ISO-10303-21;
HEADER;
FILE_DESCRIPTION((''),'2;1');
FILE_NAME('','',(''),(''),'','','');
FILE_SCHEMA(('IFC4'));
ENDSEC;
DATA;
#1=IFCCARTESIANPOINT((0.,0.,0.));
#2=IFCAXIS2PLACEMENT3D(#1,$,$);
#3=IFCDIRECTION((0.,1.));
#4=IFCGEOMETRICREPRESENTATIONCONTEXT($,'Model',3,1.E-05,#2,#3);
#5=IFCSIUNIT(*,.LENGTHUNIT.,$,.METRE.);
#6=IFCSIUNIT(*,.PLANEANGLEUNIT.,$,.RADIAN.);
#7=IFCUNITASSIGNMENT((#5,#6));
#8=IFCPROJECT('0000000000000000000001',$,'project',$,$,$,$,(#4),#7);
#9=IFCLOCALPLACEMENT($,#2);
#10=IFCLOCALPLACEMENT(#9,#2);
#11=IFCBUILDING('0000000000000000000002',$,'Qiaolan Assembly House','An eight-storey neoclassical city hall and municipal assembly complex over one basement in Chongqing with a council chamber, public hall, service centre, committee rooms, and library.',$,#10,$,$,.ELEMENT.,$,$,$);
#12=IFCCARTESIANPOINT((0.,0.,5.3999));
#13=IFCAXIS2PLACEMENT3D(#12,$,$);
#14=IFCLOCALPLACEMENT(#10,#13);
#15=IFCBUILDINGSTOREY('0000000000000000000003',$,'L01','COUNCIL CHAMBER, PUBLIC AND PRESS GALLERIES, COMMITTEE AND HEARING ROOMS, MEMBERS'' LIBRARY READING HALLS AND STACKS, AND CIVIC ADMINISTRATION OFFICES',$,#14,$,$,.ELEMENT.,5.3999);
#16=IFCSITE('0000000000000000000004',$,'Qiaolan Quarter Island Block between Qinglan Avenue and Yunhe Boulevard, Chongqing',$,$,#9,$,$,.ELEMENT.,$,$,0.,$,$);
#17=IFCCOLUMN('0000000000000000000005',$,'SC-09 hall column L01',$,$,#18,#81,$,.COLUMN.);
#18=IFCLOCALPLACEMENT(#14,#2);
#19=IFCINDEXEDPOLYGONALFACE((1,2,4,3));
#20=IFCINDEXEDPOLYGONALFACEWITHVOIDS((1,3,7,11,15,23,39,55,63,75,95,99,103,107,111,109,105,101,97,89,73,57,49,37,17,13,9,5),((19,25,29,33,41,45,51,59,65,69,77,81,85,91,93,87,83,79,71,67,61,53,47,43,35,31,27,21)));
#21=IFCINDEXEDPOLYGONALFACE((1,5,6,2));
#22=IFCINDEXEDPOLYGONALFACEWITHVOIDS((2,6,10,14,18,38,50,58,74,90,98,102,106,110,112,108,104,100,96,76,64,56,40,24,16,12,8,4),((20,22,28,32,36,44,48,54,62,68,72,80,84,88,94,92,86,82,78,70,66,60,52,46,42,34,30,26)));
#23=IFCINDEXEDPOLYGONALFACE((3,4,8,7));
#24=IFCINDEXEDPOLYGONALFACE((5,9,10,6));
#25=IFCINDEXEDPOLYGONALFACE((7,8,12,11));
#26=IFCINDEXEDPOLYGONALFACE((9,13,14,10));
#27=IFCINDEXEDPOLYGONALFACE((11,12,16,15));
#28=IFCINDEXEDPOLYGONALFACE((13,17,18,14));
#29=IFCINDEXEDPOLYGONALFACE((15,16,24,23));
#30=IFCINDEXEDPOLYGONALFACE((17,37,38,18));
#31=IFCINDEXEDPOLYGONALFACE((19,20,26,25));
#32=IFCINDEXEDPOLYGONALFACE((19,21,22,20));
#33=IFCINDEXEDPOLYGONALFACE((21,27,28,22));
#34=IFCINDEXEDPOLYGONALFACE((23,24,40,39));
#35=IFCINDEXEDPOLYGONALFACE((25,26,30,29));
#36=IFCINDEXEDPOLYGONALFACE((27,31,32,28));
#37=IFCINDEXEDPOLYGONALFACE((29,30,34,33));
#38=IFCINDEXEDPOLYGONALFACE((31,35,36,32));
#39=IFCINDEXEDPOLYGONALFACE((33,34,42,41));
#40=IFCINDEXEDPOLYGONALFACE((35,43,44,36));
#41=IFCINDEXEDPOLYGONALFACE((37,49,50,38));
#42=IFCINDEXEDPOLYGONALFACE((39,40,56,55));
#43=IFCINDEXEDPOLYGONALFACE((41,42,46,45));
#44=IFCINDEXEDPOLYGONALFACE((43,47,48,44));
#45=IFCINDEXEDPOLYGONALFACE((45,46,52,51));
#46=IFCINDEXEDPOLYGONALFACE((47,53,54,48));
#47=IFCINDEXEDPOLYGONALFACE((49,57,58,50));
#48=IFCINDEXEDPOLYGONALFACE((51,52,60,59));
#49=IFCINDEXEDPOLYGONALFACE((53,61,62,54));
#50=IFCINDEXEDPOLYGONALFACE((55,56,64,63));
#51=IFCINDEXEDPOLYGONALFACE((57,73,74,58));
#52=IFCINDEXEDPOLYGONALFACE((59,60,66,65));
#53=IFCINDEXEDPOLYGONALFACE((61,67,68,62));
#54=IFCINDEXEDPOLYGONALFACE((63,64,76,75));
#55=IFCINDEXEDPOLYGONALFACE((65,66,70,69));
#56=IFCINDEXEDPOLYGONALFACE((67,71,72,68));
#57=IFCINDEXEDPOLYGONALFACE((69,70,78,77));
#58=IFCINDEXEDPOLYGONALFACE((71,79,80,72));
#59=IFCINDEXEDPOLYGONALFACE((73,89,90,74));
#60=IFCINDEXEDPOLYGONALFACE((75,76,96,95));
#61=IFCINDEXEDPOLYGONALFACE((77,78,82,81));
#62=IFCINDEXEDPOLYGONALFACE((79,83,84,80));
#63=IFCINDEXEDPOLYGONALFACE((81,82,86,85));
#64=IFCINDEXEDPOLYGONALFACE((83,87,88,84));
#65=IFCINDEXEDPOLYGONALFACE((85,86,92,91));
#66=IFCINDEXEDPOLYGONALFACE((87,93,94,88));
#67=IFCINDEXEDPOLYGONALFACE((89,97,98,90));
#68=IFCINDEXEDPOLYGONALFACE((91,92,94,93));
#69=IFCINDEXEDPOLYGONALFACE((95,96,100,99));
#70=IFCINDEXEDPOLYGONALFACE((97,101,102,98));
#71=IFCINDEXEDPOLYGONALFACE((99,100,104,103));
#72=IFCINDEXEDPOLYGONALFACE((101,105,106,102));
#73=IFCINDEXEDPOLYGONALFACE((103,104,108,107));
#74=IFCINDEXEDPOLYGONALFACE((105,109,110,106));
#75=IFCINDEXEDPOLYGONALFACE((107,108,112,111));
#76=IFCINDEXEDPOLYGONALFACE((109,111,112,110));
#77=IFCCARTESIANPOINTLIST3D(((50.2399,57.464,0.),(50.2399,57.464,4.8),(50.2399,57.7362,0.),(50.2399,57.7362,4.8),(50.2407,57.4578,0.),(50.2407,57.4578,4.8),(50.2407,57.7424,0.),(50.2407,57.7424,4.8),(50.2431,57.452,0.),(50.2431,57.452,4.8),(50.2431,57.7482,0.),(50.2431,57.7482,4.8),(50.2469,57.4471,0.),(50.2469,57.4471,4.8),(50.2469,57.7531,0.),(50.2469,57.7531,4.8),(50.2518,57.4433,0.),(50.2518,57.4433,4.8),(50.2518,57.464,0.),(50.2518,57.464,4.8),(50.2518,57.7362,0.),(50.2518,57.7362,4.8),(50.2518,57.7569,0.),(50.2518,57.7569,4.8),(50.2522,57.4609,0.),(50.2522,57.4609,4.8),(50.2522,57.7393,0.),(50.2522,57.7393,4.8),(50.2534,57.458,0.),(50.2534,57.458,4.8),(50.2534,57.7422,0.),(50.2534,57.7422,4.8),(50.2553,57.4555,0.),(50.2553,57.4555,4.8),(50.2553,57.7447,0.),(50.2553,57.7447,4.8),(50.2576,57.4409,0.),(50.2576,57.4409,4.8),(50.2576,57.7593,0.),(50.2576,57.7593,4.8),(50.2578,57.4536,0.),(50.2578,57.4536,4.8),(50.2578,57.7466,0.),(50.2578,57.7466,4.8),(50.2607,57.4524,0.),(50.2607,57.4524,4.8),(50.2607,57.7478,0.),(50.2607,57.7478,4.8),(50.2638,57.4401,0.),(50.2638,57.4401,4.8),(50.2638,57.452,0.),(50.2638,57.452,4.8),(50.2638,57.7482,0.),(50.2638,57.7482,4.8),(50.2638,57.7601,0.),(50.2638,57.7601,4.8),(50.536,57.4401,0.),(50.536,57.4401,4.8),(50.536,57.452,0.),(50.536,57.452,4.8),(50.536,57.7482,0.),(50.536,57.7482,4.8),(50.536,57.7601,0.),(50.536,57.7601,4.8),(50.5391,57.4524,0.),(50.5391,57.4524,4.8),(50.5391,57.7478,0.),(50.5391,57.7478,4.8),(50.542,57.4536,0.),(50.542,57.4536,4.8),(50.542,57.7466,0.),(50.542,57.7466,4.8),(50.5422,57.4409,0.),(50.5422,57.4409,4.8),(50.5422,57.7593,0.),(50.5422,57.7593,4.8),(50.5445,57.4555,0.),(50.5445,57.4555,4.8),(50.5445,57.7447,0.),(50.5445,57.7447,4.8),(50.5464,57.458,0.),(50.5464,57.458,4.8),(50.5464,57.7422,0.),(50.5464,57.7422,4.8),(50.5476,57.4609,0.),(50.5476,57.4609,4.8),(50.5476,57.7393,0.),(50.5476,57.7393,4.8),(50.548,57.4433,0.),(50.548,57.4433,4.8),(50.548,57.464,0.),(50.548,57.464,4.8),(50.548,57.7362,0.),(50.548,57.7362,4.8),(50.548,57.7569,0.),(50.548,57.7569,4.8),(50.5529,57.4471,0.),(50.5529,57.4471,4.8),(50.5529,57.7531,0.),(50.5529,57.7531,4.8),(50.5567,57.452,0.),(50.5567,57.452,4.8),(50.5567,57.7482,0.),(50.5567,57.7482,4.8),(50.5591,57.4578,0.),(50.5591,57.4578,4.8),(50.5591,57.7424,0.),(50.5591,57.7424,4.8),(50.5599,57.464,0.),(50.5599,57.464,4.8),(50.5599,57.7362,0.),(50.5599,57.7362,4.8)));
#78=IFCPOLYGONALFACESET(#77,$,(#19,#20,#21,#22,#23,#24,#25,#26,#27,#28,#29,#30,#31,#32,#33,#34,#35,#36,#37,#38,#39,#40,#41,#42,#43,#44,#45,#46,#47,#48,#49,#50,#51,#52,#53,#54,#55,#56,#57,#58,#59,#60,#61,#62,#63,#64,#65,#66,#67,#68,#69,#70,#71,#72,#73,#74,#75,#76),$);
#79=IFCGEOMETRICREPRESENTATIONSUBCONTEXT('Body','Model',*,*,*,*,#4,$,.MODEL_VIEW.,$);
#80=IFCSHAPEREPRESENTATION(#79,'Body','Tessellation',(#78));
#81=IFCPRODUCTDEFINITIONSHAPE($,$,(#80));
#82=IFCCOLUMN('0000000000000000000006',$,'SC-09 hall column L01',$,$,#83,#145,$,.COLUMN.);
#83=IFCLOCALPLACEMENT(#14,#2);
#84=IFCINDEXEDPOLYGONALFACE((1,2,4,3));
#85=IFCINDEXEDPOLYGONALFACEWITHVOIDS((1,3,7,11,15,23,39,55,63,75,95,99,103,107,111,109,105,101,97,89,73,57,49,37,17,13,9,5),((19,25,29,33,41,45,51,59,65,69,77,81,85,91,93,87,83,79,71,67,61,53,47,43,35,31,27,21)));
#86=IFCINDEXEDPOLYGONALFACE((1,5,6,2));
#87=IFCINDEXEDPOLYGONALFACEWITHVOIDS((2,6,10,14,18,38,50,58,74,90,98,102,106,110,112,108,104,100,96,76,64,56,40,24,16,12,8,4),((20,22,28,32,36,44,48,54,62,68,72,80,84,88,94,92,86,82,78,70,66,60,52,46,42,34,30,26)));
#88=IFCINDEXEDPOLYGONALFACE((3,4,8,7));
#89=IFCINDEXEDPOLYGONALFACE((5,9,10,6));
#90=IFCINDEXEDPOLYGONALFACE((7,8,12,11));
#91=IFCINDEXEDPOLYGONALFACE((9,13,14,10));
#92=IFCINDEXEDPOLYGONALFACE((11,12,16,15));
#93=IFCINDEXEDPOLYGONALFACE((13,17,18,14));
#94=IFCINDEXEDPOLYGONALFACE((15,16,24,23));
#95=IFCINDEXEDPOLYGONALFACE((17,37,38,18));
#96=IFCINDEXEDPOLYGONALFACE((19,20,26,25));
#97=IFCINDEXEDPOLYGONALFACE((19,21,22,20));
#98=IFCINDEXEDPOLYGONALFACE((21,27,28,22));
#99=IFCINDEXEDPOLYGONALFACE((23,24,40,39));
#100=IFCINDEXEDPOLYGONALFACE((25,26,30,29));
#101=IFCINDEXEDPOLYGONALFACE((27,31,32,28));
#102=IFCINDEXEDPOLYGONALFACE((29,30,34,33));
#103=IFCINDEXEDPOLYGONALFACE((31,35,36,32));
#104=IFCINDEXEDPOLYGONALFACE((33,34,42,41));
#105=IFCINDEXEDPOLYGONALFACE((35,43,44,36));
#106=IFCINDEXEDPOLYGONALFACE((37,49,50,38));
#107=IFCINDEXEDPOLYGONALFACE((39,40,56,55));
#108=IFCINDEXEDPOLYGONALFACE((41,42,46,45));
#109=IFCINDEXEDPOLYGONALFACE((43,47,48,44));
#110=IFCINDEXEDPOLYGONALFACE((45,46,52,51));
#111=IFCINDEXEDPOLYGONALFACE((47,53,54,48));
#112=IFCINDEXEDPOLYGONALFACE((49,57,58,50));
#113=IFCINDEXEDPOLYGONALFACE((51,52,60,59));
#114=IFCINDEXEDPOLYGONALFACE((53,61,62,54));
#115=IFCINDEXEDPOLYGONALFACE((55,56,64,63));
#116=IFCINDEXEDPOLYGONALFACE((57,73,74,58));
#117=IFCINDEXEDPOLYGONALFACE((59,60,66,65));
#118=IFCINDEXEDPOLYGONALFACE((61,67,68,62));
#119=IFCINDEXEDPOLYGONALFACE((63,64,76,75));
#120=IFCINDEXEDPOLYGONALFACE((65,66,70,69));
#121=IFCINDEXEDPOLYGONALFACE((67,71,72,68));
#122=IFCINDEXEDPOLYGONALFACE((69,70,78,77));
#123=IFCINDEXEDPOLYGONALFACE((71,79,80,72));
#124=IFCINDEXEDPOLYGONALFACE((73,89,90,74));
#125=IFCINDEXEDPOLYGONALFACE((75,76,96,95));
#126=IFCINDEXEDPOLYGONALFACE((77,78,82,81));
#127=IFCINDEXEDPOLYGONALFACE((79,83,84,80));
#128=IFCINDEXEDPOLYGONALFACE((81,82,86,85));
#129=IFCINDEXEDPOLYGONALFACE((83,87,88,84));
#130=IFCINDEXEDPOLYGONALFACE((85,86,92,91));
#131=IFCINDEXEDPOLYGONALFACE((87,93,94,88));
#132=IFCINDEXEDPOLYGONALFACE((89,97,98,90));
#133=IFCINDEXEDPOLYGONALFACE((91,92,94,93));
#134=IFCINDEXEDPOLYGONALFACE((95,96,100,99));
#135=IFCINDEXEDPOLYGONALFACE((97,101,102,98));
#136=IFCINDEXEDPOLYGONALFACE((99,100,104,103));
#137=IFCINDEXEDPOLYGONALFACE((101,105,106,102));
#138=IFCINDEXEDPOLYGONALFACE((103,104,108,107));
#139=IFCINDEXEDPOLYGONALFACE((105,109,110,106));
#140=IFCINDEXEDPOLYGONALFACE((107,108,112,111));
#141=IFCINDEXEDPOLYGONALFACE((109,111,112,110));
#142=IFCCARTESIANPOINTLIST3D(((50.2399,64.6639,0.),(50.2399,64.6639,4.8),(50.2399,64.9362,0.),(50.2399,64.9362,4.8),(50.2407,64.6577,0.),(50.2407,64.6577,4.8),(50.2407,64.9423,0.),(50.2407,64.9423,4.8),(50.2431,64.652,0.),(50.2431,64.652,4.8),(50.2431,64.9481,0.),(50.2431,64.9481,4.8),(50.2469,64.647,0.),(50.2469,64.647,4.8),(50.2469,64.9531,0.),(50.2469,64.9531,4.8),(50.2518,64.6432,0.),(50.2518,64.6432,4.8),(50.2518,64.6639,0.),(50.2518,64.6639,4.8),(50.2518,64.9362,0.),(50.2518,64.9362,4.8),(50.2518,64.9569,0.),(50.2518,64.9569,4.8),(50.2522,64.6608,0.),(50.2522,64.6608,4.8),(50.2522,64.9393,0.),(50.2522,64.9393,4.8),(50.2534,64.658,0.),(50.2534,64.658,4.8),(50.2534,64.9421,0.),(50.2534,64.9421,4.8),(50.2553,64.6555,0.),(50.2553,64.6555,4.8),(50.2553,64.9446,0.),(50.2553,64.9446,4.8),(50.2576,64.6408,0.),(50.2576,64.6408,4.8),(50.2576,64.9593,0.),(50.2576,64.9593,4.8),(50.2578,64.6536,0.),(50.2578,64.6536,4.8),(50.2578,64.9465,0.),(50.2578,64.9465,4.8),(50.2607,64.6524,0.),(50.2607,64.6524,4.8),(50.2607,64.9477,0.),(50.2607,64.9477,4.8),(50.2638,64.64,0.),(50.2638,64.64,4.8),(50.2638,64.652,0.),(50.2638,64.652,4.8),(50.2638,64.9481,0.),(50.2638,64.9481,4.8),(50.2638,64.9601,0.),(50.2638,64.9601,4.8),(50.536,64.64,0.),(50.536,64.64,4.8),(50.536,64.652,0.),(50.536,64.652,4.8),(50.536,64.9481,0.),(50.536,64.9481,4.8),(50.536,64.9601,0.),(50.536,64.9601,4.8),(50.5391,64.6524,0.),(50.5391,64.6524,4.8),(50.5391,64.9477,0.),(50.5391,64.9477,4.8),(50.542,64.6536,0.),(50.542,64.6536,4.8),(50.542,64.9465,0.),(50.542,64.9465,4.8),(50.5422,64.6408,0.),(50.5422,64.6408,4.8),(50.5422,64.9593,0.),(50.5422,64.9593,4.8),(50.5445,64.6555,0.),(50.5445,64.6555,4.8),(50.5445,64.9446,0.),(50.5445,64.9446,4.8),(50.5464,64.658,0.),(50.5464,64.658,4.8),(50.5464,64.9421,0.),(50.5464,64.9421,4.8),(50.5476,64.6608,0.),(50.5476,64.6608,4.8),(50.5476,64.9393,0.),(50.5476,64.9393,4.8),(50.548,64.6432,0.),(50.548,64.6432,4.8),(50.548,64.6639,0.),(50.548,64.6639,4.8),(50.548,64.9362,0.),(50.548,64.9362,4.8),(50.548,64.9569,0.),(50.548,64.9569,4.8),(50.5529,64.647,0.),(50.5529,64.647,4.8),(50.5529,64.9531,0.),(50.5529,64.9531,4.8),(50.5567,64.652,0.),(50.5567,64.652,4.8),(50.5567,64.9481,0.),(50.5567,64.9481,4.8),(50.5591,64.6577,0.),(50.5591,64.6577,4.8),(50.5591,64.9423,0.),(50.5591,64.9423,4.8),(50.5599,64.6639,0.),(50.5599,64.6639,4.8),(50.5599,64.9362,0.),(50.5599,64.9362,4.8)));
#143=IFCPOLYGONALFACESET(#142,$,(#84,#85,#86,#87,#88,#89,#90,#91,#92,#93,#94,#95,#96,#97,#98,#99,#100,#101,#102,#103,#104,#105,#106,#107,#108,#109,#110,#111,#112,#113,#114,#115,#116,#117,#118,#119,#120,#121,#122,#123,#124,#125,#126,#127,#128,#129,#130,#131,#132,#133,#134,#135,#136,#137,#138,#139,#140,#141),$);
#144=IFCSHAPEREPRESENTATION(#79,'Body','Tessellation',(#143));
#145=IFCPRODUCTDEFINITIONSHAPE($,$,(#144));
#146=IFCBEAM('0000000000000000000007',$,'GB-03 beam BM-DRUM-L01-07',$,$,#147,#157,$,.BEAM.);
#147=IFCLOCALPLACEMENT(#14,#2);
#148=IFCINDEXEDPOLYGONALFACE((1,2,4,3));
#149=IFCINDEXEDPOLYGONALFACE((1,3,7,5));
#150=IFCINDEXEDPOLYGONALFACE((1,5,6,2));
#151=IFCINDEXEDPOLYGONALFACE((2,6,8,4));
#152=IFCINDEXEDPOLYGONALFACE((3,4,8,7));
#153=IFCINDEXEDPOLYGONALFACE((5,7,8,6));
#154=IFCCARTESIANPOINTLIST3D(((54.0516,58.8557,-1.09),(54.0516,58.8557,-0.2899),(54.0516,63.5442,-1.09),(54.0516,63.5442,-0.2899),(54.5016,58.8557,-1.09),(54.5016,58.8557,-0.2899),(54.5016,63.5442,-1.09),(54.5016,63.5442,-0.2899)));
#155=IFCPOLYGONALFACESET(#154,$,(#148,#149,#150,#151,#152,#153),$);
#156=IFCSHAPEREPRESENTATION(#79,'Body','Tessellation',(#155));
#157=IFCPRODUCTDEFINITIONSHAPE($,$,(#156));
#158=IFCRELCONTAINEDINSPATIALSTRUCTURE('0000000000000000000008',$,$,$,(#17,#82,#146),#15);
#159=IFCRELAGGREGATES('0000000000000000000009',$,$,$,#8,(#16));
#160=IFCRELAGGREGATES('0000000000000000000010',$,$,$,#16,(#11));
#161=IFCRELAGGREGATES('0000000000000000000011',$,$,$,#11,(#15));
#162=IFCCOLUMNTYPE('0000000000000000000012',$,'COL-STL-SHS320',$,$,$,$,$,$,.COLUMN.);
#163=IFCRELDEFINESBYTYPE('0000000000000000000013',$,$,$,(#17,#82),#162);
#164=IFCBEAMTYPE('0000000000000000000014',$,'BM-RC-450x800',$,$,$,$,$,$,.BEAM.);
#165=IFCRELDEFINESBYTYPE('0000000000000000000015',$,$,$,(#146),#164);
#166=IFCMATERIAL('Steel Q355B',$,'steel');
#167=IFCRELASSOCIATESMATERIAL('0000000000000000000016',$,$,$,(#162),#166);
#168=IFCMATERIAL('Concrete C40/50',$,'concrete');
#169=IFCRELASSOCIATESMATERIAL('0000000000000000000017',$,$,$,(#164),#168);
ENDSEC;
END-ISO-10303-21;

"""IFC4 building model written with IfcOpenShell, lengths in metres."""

from ifc_helpers import new_model, si_unit, direction, frame, origin, origin_2d, place, context, subcontext, project, spatial, rectangle, hollow_rectangle, extrude, material, material_profile, profile_set, type_object, element, save


model = new_model("IFC4")

# Units and contexts
model_context = context("Model", 3, precision=1e-05, world=origin(), true_north=direction((0.0, 1.0)))
body_context = subcontext(model_context, "Body", "Model", "MODEL_VIEW")
ifc_project = project(units=[si_unit("LENGTHUNIT", "METRE"), si_unit("PLANEANGLEUNIT", "RADIAN")], contexts=[model_context])

# Site, building, storey
site_placement = place(None, origin())
site = spatial("IfcSite", under=ifc_project, at=site_placement, Name="Qiaolan Quarter Island Block between Qinglan Avenue and Yunhe Boulevard, Chongqing", CompositionType="ELEMENT", RefElevation=0.0)
building_placement = place(site_placement, origin())
building = spatial("IfcBuilding", under=site, at=building_placement, Name="Qiaolan Assembly House", Description="An eight-storey neoclassical city hall and municipal assembly complex over one basement in Chongqing with a council chamber, public hall, service centre, committee rooms, and library.", CompositionType="ELEMENT")
storey_placement = place(building_placement, frame((0.0, 0.0, 5.3999)))
storey = spatial("IfcBuildingStorey", under=building, at=storey_placement, Name="L01", Description="COUNCIL CHAMBER, PUBLIC AND PRESS GALLERIES, COMMITTEE AND HEARING ROOMS, MEMBERS' LIBRARY READING HALLS AND STACKS, AND CIVIC ADMINISTRATION OFFICES", CompositionType="ELEMENT", Elevation=5.3999)

# Columns
ifc_material_1 = material(Name="Steel Q355B", Category="steel")
ifc_material_profile_1 = material_profile(ifc_material_1, hollow_rectangle(XDim=0.3201, YDim=0.3201, WallThickness=0.012, InnerFilletRadius=0.012, OuterFilletRadius=0.0239, at=origin_2d()), Name="SHS 320x320x12")
ifc_profile_set_1 = profile_set([ifc_material_profile_1], Name="Steel Q355B")
column_type_1 = type_object("IfcColumnType", Name="COL-STL-SHS320", PredefinedType="COLUMN", material=ifc_profile_set_1)
for number, where, z_axis, x_axis, name in (
    (1, (50.3999, 57.6001, 0.0), (0.0, 0.0, 1.0), (1.0, 0.0, 0.0), "SC-09 hall column L01"),
    (2, (50.3999, 64.8, 0.0), (0.0, 0.0, 1.0), (1.0, 0.0, 0.0), "SC-09 hall column L01"),
):
    element("IfcColumn", number, at=place(storey_placement, frame(where, z_axis=z_axis, x_axis=x_axis)), inside=storey, type_object=column_type_1, Name=name, PredefinedType="COLUMN", context=body_context, shape_type="SweptSolid", body=[
        extrude(hollow_rectangle(XDim=0.3201, YDim=0.3201, WallThickness=0.012, InnerFilletRadius=0.012, OuterFilletRadius=0.0239, at=origin_2d()), origin(), (0.0, 0.0, 1.0), 4.8),
    ])

# Beam
ifc_material_2 = material(Name="Concrete C40/50", Category="concrete")
ifc_material_profile_2 = material_profile(ifc_material_2, rectangle(XDim=0.45, YDim=0.8, at=origin_2d()), Name="RCB 450x800")
ifc_profile_set_2 = profile_set([ifc_material_profile_2], Name="Concrete C40/50")
beam_type_1 = type_object("IfcBeamType", Name="BM-RC-450x800", PredefinedType="BEAM", material=ifc_profile_set_2)
beam_1_placement = place(storey_placement, frame((54.2766, 63.5442, -0.6899), z_axis=(0.0, -1.0, 0.0), x_axis=(1.0, 0.0, 0.0)))
element("IfcBeam", 3, at=beam_1_placement, inside=storey, type_object=beam_type_1, Name="GB-03 beam BM-DRUM-L01-07", PredefinedType="BEAM", context=body_context, shape_type="SweptSolid", body=[
    extrude(rectangle(XDim=0.45, YDim=0.8, at=origin_2d()), origin(), (0.0, 0.0, 1.0), 4.6885),
])

save(model, "model.ifc")
